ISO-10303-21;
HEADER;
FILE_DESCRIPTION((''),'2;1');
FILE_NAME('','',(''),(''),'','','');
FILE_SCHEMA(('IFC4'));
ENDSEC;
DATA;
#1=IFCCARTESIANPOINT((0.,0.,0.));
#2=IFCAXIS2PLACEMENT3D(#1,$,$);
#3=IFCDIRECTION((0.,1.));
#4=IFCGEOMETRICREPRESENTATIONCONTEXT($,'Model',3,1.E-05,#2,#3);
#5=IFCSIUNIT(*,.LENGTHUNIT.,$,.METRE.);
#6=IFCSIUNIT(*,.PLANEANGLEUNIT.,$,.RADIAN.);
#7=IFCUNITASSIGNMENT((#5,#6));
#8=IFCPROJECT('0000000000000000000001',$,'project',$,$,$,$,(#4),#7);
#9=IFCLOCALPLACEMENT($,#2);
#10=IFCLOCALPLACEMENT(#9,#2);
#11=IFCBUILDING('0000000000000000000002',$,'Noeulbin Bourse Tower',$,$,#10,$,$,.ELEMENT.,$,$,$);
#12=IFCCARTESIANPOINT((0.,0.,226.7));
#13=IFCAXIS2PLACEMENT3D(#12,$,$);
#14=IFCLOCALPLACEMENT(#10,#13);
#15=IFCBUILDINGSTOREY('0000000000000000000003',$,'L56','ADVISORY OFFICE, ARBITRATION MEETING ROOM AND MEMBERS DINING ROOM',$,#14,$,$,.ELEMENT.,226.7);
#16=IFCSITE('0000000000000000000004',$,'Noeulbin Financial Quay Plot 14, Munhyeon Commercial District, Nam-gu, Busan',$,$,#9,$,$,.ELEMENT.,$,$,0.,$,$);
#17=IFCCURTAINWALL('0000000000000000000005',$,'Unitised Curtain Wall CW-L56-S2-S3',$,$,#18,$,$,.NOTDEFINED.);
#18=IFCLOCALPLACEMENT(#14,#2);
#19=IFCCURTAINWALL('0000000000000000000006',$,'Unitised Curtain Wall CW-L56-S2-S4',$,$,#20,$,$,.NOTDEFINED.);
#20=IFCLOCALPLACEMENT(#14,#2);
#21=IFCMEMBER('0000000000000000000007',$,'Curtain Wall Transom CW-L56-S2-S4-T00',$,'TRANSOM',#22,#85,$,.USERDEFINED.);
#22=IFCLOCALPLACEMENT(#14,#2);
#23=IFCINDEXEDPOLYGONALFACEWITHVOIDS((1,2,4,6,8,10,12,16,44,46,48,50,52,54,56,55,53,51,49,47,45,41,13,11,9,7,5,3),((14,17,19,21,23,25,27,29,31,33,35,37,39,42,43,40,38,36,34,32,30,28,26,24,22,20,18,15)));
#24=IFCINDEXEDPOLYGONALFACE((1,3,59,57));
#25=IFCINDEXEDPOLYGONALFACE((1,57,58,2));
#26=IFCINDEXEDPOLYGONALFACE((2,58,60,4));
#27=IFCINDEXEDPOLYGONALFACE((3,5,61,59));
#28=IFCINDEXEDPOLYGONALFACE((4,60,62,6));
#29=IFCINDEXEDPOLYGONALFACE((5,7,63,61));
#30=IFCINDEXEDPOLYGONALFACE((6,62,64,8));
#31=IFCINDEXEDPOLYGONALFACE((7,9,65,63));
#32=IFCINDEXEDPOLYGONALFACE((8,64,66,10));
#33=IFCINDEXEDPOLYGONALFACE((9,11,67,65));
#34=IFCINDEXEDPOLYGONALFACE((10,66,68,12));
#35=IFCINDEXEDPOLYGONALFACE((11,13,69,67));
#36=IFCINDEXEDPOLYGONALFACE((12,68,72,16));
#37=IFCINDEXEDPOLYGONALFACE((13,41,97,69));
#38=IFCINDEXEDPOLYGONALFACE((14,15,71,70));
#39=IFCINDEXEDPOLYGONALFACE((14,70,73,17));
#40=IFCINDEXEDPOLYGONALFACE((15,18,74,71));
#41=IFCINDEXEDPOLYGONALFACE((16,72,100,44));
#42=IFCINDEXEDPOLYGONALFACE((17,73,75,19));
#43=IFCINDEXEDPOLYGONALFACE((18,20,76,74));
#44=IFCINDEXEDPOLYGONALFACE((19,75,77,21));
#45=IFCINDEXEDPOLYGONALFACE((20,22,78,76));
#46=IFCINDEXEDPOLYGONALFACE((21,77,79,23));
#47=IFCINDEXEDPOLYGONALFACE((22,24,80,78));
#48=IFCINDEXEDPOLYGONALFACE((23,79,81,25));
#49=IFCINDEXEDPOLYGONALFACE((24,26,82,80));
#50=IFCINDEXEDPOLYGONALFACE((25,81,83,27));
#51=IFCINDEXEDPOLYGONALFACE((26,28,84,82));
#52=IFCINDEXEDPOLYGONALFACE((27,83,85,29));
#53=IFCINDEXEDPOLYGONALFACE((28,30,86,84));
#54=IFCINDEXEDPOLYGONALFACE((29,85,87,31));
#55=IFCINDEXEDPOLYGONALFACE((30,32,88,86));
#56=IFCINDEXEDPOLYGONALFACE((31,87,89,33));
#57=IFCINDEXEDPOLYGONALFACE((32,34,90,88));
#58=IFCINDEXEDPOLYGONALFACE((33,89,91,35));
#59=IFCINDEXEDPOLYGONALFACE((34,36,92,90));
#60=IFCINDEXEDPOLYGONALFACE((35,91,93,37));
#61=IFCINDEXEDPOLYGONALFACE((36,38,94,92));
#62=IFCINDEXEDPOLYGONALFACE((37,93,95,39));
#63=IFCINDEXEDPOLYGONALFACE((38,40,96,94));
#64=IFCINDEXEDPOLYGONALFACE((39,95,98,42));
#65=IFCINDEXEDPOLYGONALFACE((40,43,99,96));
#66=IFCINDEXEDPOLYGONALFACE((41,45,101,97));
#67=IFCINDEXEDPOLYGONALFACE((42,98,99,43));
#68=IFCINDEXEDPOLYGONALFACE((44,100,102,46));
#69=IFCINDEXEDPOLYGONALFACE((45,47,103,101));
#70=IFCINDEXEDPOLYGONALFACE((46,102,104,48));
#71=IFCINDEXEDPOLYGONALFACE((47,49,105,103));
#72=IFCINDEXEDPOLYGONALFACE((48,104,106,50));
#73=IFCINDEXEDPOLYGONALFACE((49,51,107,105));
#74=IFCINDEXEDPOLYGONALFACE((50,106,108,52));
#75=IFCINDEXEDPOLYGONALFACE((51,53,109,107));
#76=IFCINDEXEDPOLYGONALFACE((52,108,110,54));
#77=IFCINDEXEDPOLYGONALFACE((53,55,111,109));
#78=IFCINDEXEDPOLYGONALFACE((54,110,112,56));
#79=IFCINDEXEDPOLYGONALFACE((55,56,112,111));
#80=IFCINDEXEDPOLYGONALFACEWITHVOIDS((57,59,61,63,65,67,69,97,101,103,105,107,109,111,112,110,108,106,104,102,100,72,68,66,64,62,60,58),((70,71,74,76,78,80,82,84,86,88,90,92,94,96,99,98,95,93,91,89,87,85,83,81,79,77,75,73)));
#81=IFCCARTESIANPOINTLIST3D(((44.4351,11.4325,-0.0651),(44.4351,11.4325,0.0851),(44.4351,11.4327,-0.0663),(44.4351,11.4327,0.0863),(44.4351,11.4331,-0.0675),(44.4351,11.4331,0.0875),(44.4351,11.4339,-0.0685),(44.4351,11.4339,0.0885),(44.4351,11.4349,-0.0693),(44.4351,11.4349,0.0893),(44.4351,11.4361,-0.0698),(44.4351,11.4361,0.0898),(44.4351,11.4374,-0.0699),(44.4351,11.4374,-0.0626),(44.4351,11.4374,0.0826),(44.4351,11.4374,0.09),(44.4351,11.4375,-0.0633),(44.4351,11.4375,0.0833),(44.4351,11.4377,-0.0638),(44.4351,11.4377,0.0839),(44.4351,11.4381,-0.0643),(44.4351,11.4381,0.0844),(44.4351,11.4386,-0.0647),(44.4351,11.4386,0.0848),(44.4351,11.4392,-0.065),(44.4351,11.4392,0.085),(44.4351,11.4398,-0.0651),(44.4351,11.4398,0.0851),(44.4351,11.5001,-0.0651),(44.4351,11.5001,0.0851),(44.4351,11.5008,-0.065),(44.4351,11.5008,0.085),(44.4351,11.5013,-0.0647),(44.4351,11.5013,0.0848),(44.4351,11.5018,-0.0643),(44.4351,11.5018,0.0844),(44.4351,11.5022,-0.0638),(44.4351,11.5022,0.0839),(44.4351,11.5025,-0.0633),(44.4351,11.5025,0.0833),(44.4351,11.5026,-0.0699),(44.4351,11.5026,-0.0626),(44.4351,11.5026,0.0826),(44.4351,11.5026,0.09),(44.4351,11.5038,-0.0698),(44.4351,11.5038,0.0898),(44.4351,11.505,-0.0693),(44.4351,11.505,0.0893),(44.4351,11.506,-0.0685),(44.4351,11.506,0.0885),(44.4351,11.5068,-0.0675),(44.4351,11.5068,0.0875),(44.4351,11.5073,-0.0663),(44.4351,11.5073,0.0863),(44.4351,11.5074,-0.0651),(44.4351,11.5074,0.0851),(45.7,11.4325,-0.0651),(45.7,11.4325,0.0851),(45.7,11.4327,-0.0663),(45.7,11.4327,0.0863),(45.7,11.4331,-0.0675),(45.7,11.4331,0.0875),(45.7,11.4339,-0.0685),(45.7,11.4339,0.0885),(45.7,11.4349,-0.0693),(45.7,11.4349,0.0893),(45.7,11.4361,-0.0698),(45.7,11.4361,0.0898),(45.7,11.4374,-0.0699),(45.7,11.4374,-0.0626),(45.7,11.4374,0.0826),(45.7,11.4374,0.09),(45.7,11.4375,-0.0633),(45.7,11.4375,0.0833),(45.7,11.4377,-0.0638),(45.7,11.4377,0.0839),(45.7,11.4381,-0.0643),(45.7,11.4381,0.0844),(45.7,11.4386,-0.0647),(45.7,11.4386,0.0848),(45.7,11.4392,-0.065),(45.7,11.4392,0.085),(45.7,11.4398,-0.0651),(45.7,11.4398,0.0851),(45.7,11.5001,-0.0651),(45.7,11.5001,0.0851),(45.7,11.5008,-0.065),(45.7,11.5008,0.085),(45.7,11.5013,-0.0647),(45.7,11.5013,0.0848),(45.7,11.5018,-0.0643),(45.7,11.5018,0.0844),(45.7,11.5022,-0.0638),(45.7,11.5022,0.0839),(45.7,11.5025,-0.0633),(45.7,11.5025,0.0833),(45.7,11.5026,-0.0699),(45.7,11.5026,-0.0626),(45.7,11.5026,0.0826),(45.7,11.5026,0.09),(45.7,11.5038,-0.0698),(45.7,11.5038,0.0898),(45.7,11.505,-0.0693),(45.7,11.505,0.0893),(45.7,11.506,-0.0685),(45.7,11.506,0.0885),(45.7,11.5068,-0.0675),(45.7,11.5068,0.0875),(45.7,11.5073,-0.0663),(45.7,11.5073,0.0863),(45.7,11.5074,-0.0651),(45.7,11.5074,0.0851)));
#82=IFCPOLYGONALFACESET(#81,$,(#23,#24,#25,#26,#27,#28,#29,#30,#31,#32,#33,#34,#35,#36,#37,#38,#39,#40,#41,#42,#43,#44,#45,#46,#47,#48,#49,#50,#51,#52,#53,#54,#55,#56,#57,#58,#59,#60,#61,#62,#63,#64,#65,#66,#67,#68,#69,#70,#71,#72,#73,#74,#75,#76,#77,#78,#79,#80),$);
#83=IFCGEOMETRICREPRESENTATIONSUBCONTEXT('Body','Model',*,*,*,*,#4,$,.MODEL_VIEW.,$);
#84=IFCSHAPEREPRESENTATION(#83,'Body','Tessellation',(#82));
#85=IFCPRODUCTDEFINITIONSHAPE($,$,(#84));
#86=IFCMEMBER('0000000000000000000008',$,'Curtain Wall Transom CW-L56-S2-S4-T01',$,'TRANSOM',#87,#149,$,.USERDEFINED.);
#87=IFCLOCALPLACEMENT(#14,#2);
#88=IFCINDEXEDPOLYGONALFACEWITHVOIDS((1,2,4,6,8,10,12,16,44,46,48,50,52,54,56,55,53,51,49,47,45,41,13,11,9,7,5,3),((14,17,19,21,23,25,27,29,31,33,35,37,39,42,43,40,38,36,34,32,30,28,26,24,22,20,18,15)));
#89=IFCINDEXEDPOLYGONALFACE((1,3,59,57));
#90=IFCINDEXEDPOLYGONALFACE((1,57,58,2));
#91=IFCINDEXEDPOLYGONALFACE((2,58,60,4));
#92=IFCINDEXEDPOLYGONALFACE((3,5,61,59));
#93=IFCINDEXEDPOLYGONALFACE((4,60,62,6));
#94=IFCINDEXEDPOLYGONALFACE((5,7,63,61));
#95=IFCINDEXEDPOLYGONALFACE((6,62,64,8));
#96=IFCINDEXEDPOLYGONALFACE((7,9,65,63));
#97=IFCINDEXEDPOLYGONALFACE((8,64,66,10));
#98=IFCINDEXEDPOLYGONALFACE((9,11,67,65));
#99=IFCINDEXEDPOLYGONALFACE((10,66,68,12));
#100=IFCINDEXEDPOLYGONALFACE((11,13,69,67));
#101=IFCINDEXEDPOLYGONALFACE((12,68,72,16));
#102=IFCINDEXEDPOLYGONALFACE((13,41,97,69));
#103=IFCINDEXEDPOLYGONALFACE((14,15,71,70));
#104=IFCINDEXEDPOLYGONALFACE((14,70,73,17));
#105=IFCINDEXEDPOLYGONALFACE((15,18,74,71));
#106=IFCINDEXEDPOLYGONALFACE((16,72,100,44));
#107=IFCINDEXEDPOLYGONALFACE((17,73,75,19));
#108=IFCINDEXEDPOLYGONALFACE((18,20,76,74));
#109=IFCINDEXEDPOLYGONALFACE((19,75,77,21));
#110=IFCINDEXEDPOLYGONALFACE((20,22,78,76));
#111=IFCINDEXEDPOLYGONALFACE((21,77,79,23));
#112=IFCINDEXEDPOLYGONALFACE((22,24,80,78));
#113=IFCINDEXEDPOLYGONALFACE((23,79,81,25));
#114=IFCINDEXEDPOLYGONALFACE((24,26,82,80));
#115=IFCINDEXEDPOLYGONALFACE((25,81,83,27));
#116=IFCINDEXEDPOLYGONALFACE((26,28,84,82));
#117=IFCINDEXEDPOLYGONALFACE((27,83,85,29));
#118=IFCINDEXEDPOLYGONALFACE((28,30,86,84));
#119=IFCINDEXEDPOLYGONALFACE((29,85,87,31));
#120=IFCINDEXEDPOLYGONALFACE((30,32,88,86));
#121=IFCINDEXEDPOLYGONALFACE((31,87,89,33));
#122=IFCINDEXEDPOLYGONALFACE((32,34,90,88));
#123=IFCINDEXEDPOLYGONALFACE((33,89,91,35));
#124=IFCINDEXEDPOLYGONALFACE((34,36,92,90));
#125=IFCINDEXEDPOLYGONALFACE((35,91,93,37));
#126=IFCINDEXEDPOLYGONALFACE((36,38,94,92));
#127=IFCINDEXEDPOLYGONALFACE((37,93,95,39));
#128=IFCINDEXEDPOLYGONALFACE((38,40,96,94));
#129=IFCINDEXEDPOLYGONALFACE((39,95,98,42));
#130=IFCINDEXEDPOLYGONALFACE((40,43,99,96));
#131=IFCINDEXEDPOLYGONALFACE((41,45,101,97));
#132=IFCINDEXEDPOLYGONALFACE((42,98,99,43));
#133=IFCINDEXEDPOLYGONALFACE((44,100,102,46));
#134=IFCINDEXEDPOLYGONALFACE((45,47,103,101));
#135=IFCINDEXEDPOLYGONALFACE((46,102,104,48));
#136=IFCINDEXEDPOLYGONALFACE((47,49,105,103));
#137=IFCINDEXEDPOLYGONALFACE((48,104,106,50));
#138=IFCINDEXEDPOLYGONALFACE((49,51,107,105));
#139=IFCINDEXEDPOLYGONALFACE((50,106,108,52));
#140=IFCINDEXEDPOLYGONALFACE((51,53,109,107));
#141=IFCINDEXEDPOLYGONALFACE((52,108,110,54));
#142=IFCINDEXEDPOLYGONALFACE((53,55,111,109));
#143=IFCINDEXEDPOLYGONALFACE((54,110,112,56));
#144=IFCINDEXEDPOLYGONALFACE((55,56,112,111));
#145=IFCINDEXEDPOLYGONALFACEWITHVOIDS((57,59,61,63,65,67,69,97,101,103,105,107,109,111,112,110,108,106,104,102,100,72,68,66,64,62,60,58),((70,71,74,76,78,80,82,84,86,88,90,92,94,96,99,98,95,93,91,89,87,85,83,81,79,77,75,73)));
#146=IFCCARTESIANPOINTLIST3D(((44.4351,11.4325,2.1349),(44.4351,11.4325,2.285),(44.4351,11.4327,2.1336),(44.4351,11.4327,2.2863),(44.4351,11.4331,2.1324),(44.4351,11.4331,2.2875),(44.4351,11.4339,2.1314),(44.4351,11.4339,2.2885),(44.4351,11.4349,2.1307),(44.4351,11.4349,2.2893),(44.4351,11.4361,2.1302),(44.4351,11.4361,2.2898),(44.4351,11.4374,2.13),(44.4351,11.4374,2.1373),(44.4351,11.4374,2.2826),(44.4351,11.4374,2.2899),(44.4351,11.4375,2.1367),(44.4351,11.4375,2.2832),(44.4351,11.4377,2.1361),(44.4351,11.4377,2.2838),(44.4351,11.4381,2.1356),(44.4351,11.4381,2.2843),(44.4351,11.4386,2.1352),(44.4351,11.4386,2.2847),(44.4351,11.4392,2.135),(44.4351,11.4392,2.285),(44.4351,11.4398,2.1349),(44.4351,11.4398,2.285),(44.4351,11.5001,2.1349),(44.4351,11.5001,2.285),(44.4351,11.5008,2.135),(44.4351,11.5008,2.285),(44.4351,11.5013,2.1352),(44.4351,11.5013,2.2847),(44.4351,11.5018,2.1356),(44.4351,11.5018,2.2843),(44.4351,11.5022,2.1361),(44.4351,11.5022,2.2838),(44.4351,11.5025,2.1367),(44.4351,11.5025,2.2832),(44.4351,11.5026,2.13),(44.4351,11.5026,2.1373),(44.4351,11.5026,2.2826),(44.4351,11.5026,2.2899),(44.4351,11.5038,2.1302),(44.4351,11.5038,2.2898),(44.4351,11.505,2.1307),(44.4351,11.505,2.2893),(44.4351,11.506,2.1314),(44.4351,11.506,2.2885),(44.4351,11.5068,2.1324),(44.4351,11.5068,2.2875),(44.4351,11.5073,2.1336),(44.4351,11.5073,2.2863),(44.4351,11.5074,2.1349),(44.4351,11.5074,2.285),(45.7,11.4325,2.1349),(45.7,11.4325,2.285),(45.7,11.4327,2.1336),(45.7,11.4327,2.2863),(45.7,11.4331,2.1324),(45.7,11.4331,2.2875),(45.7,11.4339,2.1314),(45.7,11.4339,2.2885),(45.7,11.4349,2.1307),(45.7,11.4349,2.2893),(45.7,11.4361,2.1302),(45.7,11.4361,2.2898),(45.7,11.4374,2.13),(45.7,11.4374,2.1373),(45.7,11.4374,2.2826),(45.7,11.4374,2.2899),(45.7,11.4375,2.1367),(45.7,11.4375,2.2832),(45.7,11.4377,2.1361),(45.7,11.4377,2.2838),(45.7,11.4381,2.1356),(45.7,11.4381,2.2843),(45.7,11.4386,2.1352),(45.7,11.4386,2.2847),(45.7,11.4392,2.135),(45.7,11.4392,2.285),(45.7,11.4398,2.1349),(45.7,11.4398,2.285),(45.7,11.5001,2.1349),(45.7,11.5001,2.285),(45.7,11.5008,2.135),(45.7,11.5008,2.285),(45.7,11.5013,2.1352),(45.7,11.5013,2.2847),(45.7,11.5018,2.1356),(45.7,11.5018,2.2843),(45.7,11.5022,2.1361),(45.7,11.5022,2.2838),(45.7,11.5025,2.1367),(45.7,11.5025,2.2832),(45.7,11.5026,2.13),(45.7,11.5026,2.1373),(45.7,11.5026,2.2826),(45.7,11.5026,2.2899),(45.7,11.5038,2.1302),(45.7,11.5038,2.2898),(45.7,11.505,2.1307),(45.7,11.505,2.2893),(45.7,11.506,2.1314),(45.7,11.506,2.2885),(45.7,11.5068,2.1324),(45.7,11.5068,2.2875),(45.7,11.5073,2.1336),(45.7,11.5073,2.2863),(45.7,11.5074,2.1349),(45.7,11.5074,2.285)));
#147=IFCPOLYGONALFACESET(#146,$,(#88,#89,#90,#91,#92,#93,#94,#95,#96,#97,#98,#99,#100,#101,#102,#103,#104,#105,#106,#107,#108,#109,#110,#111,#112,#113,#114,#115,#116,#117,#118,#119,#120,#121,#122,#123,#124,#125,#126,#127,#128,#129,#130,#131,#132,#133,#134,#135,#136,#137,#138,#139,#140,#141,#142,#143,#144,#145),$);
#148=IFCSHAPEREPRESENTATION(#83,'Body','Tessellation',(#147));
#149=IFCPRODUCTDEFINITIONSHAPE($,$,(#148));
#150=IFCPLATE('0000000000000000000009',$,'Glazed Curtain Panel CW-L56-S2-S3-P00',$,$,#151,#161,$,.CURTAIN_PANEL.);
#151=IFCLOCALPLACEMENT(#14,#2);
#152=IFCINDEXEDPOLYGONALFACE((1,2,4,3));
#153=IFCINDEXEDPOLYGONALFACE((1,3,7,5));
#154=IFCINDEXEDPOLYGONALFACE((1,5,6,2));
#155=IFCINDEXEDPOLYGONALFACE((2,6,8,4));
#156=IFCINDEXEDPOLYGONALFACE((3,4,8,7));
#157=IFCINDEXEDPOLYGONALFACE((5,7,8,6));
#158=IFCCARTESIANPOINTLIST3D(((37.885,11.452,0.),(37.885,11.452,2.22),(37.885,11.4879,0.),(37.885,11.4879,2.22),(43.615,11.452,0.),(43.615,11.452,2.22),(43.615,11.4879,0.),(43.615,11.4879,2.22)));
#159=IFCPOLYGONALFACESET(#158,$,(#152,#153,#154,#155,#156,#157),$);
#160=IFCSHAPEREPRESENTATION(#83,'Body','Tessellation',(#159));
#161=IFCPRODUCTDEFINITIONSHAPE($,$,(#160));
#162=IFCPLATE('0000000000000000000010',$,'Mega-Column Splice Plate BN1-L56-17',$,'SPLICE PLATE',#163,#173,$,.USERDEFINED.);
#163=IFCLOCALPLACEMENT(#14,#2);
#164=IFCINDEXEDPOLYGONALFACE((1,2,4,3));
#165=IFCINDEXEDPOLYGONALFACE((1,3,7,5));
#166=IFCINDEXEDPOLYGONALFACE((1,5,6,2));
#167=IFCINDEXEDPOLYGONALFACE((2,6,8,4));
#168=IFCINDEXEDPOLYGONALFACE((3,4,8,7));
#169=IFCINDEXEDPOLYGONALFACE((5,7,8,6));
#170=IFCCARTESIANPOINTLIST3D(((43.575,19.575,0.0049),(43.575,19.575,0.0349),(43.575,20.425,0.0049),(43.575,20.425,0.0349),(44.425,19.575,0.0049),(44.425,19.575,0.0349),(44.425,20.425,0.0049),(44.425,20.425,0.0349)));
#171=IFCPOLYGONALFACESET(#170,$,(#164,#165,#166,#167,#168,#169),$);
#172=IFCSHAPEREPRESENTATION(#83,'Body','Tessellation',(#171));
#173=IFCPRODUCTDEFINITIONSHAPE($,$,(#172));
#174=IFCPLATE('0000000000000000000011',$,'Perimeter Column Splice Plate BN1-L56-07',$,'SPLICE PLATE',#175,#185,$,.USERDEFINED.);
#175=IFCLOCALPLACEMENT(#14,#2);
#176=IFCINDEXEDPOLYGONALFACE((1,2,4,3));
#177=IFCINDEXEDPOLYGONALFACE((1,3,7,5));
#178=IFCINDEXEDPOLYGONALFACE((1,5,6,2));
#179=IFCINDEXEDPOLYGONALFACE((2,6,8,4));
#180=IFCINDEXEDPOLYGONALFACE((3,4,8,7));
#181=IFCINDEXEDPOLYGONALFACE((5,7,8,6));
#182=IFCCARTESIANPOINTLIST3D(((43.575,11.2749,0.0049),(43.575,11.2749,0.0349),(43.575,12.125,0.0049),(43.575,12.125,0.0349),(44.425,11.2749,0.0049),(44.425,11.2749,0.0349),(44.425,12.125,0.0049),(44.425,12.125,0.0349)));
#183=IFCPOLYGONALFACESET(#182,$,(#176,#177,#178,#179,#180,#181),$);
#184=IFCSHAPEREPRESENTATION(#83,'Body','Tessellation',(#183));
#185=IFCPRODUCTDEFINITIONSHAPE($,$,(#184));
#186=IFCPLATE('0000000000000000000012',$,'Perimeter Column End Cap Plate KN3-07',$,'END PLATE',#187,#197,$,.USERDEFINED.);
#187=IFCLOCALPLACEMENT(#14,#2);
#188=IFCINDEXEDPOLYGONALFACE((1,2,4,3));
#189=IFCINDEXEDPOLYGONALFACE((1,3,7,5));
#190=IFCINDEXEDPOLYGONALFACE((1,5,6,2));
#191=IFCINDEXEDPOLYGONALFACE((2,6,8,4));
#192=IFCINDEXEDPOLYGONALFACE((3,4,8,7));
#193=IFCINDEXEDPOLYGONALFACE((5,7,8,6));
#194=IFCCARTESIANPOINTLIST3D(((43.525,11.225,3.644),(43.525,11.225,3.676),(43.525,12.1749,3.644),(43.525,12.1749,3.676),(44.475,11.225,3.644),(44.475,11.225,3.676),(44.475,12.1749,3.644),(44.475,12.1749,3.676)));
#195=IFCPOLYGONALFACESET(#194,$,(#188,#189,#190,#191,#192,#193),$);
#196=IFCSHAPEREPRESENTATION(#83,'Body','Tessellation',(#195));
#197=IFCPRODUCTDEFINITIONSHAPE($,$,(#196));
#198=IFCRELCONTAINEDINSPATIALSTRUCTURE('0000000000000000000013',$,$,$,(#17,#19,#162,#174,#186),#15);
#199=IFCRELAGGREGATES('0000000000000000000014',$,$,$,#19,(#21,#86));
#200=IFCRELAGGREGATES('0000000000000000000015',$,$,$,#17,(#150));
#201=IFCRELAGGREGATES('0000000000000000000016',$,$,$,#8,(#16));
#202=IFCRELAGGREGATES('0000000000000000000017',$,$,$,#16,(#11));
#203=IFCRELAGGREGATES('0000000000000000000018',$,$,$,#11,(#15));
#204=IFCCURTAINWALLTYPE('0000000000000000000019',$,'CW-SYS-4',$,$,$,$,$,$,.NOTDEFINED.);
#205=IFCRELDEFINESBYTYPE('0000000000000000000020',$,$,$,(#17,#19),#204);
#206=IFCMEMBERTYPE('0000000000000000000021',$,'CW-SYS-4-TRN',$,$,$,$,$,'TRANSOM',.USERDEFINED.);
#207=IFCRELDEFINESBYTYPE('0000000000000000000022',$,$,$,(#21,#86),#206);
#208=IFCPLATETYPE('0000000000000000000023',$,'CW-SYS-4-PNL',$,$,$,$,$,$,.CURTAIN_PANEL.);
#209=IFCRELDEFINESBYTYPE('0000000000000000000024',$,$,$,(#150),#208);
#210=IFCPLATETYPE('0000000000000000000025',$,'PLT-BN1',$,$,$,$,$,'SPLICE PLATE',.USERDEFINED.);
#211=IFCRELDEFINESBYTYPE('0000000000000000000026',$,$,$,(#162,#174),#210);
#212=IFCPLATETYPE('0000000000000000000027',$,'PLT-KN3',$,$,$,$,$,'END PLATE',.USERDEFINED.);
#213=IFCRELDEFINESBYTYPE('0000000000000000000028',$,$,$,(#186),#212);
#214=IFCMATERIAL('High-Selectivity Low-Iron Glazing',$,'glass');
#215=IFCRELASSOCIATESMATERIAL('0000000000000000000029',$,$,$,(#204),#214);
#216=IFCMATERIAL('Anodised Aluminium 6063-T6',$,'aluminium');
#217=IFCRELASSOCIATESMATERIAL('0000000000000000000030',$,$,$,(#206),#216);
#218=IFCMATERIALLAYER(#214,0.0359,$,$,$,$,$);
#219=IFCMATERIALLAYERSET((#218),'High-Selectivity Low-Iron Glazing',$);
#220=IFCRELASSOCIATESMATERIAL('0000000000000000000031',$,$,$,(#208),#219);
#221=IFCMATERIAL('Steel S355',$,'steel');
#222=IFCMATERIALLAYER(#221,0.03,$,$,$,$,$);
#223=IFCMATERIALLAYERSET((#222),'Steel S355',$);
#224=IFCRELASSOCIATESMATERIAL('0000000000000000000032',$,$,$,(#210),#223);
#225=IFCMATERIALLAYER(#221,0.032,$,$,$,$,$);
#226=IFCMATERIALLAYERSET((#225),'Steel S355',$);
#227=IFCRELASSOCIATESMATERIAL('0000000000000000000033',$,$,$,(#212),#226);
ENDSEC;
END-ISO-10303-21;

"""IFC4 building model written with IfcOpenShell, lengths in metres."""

from ifc_helpers import new_model, si_unit, direction, frame, origin, origin_2d, place, context, subcontext, project, spatial, rectangle, hollow_rectangle, extrude, material, layer, layer_set, material_profile, profile_set, type_object, element, aggregate, save


model = new_model("IFC4")

# Units and contexts
model_context = context("Model", 3, precision=1e-05, world=origin(), true_north=direction((0.0, 1.0)))
body_context = subcontext(model_context, "Body", "Model", "MODEL_VIEW")
ifc_project = project(units=[si_unit("LENGTHUNIT", "METRE"), si_unit("PLANEANGLEUNIT", "RADIAN")], contexts=[model_context])

# Site, building, storey
site_placement = place(None, origin())
site = spatial("IfcSite", under=ifc_project, at=site_placement, Name="Noeulbin Financial Quay Plot 14, Munhyeon Commercial District, Nam-gu, Busan", CompositionType="ELEMENT", RefElevation=0.0)
building_placement = place(site_placement, origin())
building = spatial("IfcBuilding", under=site, at=building_placement, Name="Noeulbin Bourse Tower", CompositionType="ELEMENT")
storey_placement = place(building_placement, frame((0.0, 0.0, 226.7)))
storey = spatial("IfcBuildingStorey", under=building, at=storey_placement, Name="L56", Description="ADVISORY OFFICE, ARBITRATION MEETING ROOM AND MEMBERS DINING ROOM", CompositionType="ELEMENT", Elevation=226.7)

# Shared definitions
ifc_material_1 = material(Name="Steel S355", Category="steel")

# Curtain walls
ifc_material_2 = material(Name="High-Selectivity Low-Iron Glazing", Category="glass")
curtain_wall_type = type_object("IfcCurtainWallType", Name="CW-SYS-4", PredefinedType="NOTDEFINED", material=ifc_material_2)
curtain_wall_1_placement = place(storey_placement, origin())
curtain_wall_1 = element("IfcCurtainWall", 1, at=curtain_wall_1_placement, inside=storey, type_object=curtain_wall_type, Name="Unitised Curtain Wall CW-L56-S2-S3", PredefinedType="NOTDEFINED")
ifc_material_3 = material(Name="Anodised Aluminium 6063-T6", Category="aluminium")
curtain_wall_2_placement = place(storey_placement, origin())
curtain_wall_2 = element("IfcCurtainWall", 2, at=curtain_wall_2_placement, inside=storey, type_object=curtain_wall_type, Name="Unitised Curtain Wall CW-L56-S2-S4", PredefinedType="NOTDEFINED")

# Members
ifc_material_profile_1 = material_profile(ifc_material_3, hollow_rectangle(XDim=0.075, YDim=0.1599, WallThickness=0.0049, InnerFilletRadius=0.0024, OuterFilletRadius=0.0049, at=origin_2d()), Name="ALU-TRAN-75x160x5", Category="LoadBearing")
ifc_profile_set_1 = profile_set([ifc_material_profile_1], Name="Anodised Aluminium 6063-T6")
member_type_1 = type_object("IfcMemberType", Name="CW-SYS-4-TRN", ElementType="TRANSOM", PredefinedType="USERDEFINED", material=ifc_profile_set_1)
member_1_placement = place(storey_placement, frame((44.4351, 11.47, 0.01), z_axis=(1.0, 0.0, 0.0), x_axis=(0.0, 1.0, 0.0)))
member_1 = element("IfcMember", 3, at=member_1_placement, type_object=member_type_1, Name="Curtain Wall Transom CW-L56-S2-S4-T00", ObjectType="TRANSOM", PredefinedType="USERDEFINED", context=body_context, shape_type="SweptSolid", body=[
    extrude(hollow_rectangle(XDim=0.075, YDim=0.1599, WallThickness=0.0049, InnerFilletRadius=0.0024, OuterFilletRadius=0.0049, at=origin_2d()), origin(), (0.0, 0.0, 1.0), 1.2649),
])
member_2_placement = place(storey_placement, frame((44.4351, 11.47, 2.21), z_axis=(1.0, 0.0, 0.0), x_axis=(0.0, 1.0, 0.0)))
member_2 = element("IfcMember", 4, at=member_2_placement, type_object=member_type_1, Name="Curtain Wall Transom CW-L56-S2-S4-T01", ObjectType="TRANSOM", PredefinedType="USERDEFINED", context=body_context, shape_type="SweptSolid", body=[
    extrude(hollow_rectangle(XDim=0.075, YDim=0.1599, WallThickness=0.0049, InnerFilletRadius=0.0024, OuterFilletRadius=0.0049, at=origin_2d()), origin(), (0.0, 0.0, 1.0), 1.2649),
])
aggregate(curtain_wall_2, [member_1, member_2])

# Plate
ifc_layer_1 = layer(ifc_material_2, 0.0359)
ifc_layer_set_1 = layer_set([ifc_layer_1], Name="High-Selectivity Low-Iron Glazing")
plate_type_1 = type_object("IfcPlateType", Name="CW-SYS-4-PNL", PredefinedType="CURTAIN_PANEL", material=ifc_layer_set_1)
plate_1_placement = place(storey_placement, frame((40.75, 11.47, 0.0), z_axis=(0.0, 0.0, 1.0), x_axis=(1.0, 0.0, 0.0)))
plate_1 = element("IfcPlate", 5, at=plate_1_placement, type_object=plate_type_1, Name="Glazed Curtain Panel CW-L56-S2-S3-P00", PredefinedType="CURTAIN_PANEL", context=body_context, shape_type="SweptSolid", body=[
    extrude(rectangle(XDim=5.73, YDim=0.0359, at=origin_2d()), origin(), (0.0, 0.0, 1.0), 2.22),
])
aggregate(curtain_wall_1, [plate_1])

# Plates
ifc_layer_2 = layer(ifc_material_1, 0.03)
ifc_layer_set_2 = layer_set([ifc_layer_2], Name="Steel S355")
plate_type_2 = type_object("IfcPlateType", Name="PLT-BN1", ElementType="SPLICE PLATE", PredefinedType="USERDEFINED", material=ifc_layer_set_2)
for number, where, z_axis, x_axis, name in (
    (6, (44.0, 20.0, 0.0049), (0.0, 0.0, 1.0), (1.0, 0.0, 0.0), "Mega-Column Splice Plate BN1-L56-17"),
    (7, (44.0, 11.7, 0.0049), (0.0, 0.0, 1.0), (1.0, 0.0, 0.0), "Perimeter Column Splice Plate BN1-L56-07"),
):
    element("IfcPlate", number, at=place(storey_placement, frame(where, z_axis=z_axis, x_axis=x_axis)), inside=storey, type_object=plate_type_2, Name=name, ObjectType="SPLICE PLATE", PredefinedType="USERDEFINED", context=body_context, shape_type="SweptSolid", body=[
        extrude(rectangle(XDim=0.8501, YDim=0.8501, at=origin_2d()), origin(), (0.0, 0.0, 1.0), 0.03),
    ])
ifc_layer_3 = layer(ifc_material_1, 0.032)
ifc_layer_set_3 = layer_set([ifc_layer_3], Name="Steel S355")
plate_type_3 = type_object("IfcPlateType", Name="PLT-KN3", ElementType="END PLATE", PredefinedType="USERDEFINED", material=ifc_layer_set_3)
plate_2_placement = place(storey_placement, frame((44.0, 11.7, 3.644), z_axis=(0.0, 0.0, 1.0), x_axis=(1.0, 0.0, 0.0)))
element("IfcPlate", 8, at=plate_2_placement, inside=storey, type_object=plate_type_3, Name="Perimeter Column End Cap Plate KN3-07", ObjectType="END PLATE", PredefinedType="USERDEFINED", context=body_context, shape_type="SweptSolid", body=[
    extrude(rectangle(XDim=0.95, YDim=0.95, at=origin_2d()), origin(), (0.0, 0.0, 1.0), 0.032),
])

save(model, "model.ifc")
